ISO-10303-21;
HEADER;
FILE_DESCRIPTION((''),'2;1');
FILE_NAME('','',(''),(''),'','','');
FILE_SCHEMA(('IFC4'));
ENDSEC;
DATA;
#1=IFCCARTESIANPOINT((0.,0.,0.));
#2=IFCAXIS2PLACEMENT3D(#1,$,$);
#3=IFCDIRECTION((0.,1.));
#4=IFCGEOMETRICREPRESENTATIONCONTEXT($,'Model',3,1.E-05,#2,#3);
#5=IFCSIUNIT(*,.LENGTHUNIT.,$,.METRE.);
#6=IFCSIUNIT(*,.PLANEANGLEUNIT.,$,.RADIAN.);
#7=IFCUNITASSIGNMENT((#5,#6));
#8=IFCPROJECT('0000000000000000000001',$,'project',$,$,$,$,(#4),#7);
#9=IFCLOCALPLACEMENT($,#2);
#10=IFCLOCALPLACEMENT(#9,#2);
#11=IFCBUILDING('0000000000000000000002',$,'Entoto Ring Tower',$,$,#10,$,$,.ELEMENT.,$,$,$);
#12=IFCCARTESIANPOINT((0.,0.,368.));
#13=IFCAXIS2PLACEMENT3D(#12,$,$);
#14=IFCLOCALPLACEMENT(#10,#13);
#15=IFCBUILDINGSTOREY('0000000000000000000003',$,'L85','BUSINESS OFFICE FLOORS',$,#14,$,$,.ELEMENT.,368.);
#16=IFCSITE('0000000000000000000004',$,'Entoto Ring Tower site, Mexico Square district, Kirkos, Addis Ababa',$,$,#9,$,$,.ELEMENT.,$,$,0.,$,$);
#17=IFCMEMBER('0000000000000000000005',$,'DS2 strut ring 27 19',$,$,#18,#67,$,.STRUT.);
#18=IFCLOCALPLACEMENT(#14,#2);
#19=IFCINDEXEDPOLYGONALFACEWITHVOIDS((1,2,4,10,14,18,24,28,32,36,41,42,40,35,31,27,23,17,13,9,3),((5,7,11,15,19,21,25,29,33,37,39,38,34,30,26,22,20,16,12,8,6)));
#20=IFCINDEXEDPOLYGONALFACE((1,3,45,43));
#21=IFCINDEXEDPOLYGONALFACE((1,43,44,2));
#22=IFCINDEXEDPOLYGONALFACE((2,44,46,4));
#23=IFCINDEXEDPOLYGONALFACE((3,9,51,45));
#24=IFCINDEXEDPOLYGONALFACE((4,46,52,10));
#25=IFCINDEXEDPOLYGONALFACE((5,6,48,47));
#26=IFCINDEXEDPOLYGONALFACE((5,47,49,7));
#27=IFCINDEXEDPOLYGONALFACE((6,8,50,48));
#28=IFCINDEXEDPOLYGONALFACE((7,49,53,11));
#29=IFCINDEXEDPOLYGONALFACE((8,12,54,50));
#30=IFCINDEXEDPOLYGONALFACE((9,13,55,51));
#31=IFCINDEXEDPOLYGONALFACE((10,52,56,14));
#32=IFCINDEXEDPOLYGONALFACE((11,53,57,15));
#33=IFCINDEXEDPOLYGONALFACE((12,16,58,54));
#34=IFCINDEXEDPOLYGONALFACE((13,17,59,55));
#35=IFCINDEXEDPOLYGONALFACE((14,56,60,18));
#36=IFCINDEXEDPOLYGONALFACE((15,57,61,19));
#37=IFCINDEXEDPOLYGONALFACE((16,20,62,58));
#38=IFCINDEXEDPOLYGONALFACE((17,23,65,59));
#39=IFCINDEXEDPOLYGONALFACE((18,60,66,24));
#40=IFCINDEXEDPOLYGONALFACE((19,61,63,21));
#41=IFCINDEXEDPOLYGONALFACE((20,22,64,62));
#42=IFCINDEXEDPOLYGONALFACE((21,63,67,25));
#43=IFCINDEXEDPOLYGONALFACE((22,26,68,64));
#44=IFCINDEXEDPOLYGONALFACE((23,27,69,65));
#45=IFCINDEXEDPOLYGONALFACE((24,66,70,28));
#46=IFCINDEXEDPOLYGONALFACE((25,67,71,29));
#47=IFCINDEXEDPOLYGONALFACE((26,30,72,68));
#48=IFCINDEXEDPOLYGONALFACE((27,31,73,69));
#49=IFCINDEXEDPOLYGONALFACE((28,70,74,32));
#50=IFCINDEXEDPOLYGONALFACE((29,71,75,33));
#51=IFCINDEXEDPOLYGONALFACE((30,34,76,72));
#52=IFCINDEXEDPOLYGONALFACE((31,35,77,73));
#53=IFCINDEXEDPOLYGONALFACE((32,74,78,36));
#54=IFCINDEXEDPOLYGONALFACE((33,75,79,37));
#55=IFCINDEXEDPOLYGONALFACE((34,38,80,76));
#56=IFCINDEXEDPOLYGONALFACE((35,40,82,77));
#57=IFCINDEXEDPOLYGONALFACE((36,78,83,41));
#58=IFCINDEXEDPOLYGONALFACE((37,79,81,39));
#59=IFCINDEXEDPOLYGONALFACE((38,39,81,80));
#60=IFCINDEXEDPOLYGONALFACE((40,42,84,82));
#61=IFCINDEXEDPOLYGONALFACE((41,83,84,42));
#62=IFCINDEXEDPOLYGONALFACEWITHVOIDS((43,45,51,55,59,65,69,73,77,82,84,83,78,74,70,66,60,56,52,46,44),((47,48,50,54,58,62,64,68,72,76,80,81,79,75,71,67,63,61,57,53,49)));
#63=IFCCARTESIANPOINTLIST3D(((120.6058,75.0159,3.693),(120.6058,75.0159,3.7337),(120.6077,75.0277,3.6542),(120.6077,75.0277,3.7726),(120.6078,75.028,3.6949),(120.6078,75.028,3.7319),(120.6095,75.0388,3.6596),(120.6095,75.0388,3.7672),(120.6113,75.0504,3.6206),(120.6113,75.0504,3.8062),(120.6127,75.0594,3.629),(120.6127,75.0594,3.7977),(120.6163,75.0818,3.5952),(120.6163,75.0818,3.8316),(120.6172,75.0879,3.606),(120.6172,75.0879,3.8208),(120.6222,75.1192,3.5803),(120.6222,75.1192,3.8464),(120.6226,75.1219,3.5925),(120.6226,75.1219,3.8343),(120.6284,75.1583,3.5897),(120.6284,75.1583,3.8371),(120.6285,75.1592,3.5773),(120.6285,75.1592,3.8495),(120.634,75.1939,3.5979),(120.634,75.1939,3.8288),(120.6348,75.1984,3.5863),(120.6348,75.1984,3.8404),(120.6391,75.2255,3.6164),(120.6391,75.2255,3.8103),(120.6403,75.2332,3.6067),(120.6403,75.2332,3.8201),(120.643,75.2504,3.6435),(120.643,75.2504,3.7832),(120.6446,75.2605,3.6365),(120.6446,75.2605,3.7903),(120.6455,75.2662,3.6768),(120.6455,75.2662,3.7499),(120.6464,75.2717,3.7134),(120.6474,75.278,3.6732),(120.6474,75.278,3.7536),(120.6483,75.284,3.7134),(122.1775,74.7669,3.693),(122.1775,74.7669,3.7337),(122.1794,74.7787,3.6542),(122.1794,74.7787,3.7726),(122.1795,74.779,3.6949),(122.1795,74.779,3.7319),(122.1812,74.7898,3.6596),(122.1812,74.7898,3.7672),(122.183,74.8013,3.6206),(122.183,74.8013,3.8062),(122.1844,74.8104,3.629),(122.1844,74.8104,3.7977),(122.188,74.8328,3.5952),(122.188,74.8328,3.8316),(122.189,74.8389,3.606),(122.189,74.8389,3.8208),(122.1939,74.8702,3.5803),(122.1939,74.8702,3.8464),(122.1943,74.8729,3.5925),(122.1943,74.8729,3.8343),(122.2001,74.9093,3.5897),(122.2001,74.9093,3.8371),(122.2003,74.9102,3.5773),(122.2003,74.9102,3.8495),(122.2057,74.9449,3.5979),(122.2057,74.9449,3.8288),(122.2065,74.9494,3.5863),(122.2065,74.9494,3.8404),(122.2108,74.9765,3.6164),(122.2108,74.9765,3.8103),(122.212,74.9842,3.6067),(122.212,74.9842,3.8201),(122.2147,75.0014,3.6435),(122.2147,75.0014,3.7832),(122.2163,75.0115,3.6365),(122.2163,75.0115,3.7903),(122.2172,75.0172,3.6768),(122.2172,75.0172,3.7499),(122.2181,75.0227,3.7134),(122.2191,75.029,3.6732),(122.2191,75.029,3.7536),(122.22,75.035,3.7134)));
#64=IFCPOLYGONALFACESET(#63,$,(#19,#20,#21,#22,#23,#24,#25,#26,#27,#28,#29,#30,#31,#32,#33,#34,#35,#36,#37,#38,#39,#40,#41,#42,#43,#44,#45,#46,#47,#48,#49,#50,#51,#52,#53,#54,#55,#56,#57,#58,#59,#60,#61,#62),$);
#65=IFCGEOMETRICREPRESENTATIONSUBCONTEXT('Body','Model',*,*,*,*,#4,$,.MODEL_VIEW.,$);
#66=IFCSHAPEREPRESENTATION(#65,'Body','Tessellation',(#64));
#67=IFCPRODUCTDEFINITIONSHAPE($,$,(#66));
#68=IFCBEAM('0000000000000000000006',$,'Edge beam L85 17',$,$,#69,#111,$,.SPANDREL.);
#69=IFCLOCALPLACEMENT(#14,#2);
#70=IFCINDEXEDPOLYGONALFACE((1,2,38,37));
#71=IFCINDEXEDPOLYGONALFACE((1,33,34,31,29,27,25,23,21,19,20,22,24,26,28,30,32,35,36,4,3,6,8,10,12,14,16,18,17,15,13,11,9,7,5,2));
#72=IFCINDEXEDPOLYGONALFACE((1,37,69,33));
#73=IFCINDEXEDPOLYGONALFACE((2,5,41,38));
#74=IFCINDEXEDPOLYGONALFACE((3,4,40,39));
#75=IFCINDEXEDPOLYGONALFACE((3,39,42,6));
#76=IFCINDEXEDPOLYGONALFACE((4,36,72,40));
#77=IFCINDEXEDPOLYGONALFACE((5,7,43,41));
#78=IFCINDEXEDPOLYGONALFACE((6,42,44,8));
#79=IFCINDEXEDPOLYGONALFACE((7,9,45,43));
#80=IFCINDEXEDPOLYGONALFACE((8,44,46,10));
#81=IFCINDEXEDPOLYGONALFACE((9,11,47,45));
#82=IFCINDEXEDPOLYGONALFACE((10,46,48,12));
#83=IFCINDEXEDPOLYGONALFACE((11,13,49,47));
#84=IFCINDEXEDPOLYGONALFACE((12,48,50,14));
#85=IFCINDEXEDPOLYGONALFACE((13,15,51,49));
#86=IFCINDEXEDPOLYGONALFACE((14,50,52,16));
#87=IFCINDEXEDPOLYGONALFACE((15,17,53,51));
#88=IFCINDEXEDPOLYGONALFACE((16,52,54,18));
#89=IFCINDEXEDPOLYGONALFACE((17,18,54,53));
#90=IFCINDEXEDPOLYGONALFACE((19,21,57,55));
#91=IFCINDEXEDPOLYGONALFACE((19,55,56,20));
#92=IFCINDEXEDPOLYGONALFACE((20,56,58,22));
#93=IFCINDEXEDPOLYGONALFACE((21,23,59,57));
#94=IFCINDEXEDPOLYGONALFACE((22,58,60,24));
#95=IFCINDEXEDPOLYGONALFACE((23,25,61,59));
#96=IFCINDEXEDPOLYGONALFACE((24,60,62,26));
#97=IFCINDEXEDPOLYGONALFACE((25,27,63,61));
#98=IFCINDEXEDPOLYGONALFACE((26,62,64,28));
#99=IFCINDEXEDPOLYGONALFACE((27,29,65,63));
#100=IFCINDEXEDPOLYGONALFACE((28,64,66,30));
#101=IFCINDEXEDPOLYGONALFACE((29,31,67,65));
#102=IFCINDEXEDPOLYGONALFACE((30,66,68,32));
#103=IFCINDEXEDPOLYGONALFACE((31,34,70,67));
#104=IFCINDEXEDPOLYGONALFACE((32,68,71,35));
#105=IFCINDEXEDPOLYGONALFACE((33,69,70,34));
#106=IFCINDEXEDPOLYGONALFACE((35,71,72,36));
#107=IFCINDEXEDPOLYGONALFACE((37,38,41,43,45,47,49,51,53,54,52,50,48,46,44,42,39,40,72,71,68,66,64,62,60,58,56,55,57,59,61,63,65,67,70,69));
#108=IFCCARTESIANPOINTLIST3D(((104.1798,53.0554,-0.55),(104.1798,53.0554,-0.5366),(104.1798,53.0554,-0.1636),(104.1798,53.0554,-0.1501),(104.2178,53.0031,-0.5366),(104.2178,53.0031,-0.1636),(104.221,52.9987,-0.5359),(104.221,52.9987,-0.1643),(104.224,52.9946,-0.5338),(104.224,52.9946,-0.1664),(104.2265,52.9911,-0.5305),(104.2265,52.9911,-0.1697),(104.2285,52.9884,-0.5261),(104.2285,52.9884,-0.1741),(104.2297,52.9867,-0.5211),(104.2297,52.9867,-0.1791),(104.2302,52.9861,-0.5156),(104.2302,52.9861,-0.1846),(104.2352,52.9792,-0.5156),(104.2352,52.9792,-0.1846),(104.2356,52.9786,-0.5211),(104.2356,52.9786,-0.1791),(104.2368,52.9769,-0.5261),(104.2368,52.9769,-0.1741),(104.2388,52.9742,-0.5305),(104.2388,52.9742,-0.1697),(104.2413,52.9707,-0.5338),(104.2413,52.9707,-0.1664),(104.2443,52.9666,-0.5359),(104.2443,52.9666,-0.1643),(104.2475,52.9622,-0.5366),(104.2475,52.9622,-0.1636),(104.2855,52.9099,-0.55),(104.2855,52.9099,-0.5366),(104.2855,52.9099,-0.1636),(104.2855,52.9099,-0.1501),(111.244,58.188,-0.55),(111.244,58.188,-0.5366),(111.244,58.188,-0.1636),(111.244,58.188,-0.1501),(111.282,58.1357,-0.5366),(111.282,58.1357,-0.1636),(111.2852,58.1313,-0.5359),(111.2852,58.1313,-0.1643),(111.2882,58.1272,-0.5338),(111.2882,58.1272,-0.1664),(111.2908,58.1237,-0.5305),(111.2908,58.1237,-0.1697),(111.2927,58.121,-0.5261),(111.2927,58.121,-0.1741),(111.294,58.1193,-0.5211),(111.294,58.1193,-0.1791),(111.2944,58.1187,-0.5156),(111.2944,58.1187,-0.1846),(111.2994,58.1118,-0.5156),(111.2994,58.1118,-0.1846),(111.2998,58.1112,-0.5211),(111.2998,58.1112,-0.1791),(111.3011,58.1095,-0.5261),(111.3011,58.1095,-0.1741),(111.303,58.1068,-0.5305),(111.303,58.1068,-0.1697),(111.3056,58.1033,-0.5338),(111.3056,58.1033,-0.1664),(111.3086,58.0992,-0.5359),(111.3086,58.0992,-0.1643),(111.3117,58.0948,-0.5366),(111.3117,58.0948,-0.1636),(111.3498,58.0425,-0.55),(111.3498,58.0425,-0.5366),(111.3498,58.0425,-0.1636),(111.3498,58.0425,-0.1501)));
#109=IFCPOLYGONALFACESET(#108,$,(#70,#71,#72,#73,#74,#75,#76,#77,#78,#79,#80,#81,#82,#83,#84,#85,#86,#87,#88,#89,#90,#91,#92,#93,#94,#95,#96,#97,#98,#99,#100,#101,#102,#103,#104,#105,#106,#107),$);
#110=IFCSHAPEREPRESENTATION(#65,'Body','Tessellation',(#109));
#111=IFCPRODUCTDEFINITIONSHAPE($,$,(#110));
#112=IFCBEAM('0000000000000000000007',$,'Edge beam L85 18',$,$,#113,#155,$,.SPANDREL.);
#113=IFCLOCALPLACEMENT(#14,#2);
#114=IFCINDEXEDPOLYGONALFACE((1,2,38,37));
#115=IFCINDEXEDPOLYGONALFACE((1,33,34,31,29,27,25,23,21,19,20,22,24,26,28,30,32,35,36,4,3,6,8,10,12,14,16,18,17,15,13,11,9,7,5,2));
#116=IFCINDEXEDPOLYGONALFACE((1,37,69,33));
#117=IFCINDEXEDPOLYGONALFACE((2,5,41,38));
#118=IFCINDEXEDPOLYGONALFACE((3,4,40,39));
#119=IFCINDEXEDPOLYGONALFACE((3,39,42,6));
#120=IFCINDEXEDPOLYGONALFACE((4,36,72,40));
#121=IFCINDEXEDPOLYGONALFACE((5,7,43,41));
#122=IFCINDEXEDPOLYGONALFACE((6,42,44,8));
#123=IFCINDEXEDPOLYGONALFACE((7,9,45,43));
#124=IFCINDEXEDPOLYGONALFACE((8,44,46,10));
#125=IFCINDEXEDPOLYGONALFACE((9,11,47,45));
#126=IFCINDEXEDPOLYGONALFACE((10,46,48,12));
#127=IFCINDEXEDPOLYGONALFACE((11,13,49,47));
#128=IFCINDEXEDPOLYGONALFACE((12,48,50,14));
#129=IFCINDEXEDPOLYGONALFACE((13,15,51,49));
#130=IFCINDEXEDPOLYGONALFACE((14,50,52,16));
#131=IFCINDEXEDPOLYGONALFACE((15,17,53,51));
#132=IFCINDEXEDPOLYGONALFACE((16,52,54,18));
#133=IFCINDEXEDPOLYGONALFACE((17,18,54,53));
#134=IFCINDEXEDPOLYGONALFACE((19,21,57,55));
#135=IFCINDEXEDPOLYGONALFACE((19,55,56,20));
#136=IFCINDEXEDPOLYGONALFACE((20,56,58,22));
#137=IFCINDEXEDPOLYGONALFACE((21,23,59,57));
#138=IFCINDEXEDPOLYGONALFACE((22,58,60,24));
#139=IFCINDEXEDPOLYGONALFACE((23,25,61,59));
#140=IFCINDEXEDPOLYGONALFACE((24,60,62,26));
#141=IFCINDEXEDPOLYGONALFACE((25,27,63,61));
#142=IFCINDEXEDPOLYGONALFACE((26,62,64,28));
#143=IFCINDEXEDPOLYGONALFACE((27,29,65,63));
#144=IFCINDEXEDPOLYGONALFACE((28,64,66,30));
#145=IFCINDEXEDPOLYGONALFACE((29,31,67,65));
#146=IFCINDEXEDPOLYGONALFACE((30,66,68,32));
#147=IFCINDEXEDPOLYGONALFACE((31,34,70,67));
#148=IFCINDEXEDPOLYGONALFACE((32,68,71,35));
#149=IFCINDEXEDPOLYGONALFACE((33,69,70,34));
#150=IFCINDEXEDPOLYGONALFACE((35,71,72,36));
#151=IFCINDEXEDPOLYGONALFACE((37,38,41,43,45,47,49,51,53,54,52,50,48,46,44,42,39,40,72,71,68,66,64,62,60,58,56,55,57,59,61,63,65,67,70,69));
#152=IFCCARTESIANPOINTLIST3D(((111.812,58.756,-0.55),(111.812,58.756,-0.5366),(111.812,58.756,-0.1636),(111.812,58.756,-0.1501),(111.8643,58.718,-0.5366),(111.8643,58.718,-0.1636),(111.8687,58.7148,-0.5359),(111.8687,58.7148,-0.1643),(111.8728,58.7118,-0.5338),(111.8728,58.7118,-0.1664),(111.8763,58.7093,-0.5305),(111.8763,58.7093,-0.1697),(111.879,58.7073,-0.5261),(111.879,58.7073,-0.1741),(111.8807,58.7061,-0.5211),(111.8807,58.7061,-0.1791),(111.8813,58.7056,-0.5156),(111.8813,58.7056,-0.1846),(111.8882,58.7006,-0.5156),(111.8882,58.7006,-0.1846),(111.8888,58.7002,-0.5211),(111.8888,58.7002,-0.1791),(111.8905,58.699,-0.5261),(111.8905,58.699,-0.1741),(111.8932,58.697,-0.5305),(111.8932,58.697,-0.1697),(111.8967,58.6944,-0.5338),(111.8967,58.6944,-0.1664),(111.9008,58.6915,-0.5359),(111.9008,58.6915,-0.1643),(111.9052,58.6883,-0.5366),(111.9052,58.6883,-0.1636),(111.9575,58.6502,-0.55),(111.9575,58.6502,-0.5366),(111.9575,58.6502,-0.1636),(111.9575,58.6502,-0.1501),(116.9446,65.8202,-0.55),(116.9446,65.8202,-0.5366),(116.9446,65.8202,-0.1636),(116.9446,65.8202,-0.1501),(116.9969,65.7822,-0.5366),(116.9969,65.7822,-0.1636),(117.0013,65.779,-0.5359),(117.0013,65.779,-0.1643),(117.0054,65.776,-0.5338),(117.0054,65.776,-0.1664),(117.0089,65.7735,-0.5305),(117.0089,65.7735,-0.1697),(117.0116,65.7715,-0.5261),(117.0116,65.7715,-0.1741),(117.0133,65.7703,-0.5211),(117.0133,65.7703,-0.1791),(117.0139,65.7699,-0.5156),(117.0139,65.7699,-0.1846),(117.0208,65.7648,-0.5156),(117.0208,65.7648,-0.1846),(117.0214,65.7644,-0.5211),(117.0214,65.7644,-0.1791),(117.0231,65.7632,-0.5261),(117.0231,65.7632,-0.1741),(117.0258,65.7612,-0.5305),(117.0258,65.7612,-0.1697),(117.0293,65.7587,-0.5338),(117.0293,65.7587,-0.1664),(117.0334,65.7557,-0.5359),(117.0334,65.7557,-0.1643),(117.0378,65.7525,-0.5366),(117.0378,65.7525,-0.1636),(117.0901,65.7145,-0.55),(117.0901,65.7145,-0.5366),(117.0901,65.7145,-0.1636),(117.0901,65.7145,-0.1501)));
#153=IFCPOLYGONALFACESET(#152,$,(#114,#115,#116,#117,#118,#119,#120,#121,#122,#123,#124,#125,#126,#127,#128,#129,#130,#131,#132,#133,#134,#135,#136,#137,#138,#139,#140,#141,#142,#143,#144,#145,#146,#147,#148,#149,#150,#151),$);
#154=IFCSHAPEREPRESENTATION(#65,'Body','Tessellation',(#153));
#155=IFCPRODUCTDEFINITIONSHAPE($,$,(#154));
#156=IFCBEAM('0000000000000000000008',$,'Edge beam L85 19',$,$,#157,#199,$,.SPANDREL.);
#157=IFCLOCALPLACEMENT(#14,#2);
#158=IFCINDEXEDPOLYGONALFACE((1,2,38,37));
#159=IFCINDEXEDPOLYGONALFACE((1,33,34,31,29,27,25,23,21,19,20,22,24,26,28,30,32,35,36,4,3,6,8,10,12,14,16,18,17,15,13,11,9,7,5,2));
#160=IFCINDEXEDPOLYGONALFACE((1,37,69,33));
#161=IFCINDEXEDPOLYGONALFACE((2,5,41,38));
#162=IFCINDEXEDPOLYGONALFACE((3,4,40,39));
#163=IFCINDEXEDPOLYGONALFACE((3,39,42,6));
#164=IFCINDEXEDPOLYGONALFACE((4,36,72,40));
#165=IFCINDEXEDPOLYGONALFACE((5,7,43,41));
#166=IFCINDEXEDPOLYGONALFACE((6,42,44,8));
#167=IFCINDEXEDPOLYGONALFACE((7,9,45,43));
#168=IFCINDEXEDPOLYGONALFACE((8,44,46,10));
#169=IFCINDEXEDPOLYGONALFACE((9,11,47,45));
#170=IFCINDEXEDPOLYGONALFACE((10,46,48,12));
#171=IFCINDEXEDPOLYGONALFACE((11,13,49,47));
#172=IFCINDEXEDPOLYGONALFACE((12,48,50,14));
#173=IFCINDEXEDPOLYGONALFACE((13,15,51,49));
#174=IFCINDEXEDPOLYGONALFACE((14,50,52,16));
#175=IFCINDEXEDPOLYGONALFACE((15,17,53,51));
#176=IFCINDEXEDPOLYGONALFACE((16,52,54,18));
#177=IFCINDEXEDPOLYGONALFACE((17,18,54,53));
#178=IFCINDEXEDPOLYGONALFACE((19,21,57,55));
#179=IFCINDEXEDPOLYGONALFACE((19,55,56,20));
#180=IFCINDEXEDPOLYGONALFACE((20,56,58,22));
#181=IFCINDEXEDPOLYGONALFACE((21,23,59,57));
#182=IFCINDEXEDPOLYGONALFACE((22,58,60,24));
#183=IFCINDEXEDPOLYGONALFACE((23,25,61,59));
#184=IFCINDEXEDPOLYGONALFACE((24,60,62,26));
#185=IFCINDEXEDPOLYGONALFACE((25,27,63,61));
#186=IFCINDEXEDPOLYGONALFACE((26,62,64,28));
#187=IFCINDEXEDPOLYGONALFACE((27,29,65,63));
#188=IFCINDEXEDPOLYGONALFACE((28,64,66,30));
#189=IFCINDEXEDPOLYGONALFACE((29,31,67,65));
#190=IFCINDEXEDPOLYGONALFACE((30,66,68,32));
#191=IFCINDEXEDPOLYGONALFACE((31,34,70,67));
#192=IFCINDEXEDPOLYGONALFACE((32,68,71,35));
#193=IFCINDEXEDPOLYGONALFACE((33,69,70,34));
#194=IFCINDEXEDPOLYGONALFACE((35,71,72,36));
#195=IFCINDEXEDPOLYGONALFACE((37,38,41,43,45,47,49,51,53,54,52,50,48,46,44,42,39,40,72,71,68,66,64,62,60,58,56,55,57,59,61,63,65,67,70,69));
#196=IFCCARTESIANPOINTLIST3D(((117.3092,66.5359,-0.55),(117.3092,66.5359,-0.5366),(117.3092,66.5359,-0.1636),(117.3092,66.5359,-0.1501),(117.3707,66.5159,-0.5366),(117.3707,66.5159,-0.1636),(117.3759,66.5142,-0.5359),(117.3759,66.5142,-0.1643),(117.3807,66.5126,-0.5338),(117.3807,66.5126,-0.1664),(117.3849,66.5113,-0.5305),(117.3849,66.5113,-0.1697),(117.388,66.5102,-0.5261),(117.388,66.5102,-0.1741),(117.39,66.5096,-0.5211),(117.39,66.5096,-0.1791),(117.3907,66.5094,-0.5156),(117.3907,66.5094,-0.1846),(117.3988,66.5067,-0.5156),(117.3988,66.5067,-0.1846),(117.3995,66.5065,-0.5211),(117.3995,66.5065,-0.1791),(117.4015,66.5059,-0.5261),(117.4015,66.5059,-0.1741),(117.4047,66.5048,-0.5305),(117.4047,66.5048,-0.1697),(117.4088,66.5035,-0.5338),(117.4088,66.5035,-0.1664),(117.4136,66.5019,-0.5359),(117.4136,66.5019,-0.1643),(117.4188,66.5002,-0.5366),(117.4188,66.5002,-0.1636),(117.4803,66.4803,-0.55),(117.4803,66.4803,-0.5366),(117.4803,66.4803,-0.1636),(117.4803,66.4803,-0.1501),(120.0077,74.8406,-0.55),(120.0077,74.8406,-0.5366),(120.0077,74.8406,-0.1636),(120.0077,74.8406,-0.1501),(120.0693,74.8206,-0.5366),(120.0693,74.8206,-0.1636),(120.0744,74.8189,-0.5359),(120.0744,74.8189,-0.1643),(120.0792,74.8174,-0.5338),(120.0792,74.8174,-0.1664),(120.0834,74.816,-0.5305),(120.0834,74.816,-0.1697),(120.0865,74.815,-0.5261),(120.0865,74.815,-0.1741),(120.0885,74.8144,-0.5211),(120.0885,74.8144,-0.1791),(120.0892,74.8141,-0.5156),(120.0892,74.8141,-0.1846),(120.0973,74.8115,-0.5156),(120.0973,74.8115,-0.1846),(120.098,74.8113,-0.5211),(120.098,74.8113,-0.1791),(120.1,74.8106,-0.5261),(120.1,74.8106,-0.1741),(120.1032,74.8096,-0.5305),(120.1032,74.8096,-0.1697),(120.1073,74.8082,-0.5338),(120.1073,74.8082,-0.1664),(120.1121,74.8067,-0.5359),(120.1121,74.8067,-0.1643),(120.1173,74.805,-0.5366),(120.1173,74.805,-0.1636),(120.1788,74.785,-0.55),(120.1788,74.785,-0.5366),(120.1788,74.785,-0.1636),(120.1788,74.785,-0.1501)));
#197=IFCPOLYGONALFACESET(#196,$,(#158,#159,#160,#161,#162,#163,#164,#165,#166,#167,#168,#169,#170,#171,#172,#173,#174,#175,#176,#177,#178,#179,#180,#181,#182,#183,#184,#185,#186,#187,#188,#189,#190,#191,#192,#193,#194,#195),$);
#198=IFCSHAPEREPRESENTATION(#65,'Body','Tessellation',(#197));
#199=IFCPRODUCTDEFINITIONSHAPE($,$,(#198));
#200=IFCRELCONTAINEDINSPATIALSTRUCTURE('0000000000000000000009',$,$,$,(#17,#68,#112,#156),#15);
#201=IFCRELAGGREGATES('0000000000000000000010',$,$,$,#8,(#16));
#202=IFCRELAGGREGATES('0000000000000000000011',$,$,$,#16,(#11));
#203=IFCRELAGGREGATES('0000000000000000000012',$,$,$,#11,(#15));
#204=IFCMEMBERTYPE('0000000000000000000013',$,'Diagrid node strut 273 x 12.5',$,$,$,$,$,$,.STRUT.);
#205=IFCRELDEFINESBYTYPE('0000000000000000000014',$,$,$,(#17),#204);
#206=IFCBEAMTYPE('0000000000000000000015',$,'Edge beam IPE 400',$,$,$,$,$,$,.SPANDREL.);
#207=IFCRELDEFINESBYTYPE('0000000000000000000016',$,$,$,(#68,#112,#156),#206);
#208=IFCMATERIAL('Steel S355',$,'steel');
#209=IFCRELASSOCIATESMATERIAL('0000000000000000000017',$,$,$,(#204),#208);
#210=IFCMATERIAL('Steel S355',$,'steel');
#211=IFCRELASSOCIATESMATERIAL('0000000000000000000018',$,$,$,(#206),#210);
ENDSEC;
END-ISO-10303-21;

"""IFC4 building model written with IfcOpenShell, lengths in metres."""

from ifc_helpers import new_model, si_unit, direction, frame, origin, origin_2d, place, context, subcontext, project, spatial, circle, hollow_circle, i_section, extrude, material, material_profile, profile_set, type_object, element, save


model = new_model("IFC4")

# Units and contexts
model_context = context("Model", 3, precision=1e-05, world=origin(), true_north=direction((0.0, 1.0)))
body_context = subcontext(model_context, "Body", "Model", "MODEL_VIEW")
ifc_project = project(units=[si_unit("LENGTHUNIT", "METRE"), si_unit("PLANEANGLEUNIT", "RADIAN")], contexts=[model_context])

# Site, building, storey
site_placement = place(None, origin())
site = spatial("IfcSite", under=ifc_project, at=site_placement, Name="Entoto Ring Tower site, Mexico Square district, Kirkos, Addis Ababa", CompositionType="ELEMENT", RefElevation=0.0)
building_placement = place(site_placement, origin())
building = spatial("IfcBuilding", under=site, at=building_placement, Name="Entoto Ring Tower", CompositionType="ELEMENT")
storey_placement = place(building_placement, frame((0.0, 0.0, 368.0)))
storey = spatial("IfcBuildingStorey", under=building, at=storey_placement, Name="L85", Description="BUSINESS OFFICE FLOORS", CompositionType="ELEMENT", Elevation=368.0)

# Member
ifc_material_1 = material(Name="Steel S355", Category="steel")
ifc_material_profile_1 = material_profile(ifc_material_1, hollow_circle(Radius=0.1365, WallThickness=0.0125, at=origin_2d()), Name="CHS 273 x 12.5")
ifc_material_2 = material(Name="Concrete C60/75", Category="concrete")
ifc_material_profile_2 = material_profile(ifc_material_2, circle(Radius=0.124, at=origin_2d()), Name="Concrete C60/75 infill")
ifc_profile_set_1 = profile_set([ifc_material_profile_1, ifc_material_profile_2], Name="Steel S355")
member_type = type_object("IfcMemberType", Name="Diagrid node strut 273 x 12.5", PredefinedType="STRUT", material=ifc_profile_set_1)
for number, where, z_axis, x_axis, name in (
    (1, (120.627, 75.1492, 3.7134), (0.987681, -0.156483, 0.0), (0.156483, 0.987681, 0.0), "DS2 strut ring 27 19"),
):
    element("IfcMember", number, at=place(storey_placement, frame(where, z_axis=z_axis, x_axis=x_axis)), inside=storey, type_object=member_type, Name=name, PredefinedType="STRUT", context=body_context, shape_type="SweptSolid", body=[
        extrude(hollow_circle(Radius=0.1365, WallThickness=0.0125, at=origin_2d()), origin(), (0.0, 0.0, 1.0), 1.5913),
    ])

# Beams
ifc_material_3 = material(Name="Steel S355", Category="steel")
ifc_material_profile_3 = material_profile(ifc_material_3, i_section(OverallWidth=0.1799, OverallDepth=0.3999, WebThickness=0.0085, FlangeThickness=0.0134, FilletRadius=0.021, at=origin_2d()), Name="IPE 400")
ifc_profile_set_2 = profile_set([ifc_material_profile_3], Name="Steel S355")
beam_type_1 = type_object("IfcBeamType", Name="Edge beam IPE 400", PredefinedType="SPANDREL", material=ifc_profile_set_2)
for number, where, z_axis, x_axis, name in (
    (2, (104.2327, 52.9827, -0.3501), (0.80901, 0.587794, 0.0), (-0.587794, 0.80901, 0.0), "Edge beam L85 17"),
    (3, (111.8848, 58.7031, -0.3501), (0.587794, 0.80901, 0.0), (-0.80901, 0.587794, 0.0), "Edge beam L85 18"),
):
    element("IfcBeam", number, at=place(storey_placement, frame(where, z_axis=z_axis, x_axis=x_axis)), inside=storey, type_object=beam_type_1, Name=name, PredefinedType="SPANDREL", context=body_context, shape_type="SweptSolid", body=[
        extrude(i_section(OverallWidth=0.1799, OverallDepth=0.3999, WebThickness=0.0085, FlangeThickness=0.0134, FilletRadius=0.021, at=origin_2d()), origin(), (0.0, 0.0, 1.0), 8.7319),
    ])
beam_1_placement = place(storey_placement, frame((117.3948, 66.5081, -0.3501), z_axis=(0.30903, 0.951052, 0.0), x_axis=(-0.951052, 0.30903, 0.0)))
element("IfcBeam", 4, at=beam_1_placement, inside=storey, type_object=beam_type_1, Name="Edge beam L85 19", PredefinedType="SPANDREL", context=body_context, shape_type="SweptSolid", body=[
    extrude(i_section(OverallWidth=0.1799, OverallDepth=0.3999, WebThickness=0.0085, FlangeThickness=0.0134, FilletRadius=0.021, at=origin_2d()), origin(), (0.0, 0.0, 1.0), 8.7322),
])

save(model, "model.ifc")
